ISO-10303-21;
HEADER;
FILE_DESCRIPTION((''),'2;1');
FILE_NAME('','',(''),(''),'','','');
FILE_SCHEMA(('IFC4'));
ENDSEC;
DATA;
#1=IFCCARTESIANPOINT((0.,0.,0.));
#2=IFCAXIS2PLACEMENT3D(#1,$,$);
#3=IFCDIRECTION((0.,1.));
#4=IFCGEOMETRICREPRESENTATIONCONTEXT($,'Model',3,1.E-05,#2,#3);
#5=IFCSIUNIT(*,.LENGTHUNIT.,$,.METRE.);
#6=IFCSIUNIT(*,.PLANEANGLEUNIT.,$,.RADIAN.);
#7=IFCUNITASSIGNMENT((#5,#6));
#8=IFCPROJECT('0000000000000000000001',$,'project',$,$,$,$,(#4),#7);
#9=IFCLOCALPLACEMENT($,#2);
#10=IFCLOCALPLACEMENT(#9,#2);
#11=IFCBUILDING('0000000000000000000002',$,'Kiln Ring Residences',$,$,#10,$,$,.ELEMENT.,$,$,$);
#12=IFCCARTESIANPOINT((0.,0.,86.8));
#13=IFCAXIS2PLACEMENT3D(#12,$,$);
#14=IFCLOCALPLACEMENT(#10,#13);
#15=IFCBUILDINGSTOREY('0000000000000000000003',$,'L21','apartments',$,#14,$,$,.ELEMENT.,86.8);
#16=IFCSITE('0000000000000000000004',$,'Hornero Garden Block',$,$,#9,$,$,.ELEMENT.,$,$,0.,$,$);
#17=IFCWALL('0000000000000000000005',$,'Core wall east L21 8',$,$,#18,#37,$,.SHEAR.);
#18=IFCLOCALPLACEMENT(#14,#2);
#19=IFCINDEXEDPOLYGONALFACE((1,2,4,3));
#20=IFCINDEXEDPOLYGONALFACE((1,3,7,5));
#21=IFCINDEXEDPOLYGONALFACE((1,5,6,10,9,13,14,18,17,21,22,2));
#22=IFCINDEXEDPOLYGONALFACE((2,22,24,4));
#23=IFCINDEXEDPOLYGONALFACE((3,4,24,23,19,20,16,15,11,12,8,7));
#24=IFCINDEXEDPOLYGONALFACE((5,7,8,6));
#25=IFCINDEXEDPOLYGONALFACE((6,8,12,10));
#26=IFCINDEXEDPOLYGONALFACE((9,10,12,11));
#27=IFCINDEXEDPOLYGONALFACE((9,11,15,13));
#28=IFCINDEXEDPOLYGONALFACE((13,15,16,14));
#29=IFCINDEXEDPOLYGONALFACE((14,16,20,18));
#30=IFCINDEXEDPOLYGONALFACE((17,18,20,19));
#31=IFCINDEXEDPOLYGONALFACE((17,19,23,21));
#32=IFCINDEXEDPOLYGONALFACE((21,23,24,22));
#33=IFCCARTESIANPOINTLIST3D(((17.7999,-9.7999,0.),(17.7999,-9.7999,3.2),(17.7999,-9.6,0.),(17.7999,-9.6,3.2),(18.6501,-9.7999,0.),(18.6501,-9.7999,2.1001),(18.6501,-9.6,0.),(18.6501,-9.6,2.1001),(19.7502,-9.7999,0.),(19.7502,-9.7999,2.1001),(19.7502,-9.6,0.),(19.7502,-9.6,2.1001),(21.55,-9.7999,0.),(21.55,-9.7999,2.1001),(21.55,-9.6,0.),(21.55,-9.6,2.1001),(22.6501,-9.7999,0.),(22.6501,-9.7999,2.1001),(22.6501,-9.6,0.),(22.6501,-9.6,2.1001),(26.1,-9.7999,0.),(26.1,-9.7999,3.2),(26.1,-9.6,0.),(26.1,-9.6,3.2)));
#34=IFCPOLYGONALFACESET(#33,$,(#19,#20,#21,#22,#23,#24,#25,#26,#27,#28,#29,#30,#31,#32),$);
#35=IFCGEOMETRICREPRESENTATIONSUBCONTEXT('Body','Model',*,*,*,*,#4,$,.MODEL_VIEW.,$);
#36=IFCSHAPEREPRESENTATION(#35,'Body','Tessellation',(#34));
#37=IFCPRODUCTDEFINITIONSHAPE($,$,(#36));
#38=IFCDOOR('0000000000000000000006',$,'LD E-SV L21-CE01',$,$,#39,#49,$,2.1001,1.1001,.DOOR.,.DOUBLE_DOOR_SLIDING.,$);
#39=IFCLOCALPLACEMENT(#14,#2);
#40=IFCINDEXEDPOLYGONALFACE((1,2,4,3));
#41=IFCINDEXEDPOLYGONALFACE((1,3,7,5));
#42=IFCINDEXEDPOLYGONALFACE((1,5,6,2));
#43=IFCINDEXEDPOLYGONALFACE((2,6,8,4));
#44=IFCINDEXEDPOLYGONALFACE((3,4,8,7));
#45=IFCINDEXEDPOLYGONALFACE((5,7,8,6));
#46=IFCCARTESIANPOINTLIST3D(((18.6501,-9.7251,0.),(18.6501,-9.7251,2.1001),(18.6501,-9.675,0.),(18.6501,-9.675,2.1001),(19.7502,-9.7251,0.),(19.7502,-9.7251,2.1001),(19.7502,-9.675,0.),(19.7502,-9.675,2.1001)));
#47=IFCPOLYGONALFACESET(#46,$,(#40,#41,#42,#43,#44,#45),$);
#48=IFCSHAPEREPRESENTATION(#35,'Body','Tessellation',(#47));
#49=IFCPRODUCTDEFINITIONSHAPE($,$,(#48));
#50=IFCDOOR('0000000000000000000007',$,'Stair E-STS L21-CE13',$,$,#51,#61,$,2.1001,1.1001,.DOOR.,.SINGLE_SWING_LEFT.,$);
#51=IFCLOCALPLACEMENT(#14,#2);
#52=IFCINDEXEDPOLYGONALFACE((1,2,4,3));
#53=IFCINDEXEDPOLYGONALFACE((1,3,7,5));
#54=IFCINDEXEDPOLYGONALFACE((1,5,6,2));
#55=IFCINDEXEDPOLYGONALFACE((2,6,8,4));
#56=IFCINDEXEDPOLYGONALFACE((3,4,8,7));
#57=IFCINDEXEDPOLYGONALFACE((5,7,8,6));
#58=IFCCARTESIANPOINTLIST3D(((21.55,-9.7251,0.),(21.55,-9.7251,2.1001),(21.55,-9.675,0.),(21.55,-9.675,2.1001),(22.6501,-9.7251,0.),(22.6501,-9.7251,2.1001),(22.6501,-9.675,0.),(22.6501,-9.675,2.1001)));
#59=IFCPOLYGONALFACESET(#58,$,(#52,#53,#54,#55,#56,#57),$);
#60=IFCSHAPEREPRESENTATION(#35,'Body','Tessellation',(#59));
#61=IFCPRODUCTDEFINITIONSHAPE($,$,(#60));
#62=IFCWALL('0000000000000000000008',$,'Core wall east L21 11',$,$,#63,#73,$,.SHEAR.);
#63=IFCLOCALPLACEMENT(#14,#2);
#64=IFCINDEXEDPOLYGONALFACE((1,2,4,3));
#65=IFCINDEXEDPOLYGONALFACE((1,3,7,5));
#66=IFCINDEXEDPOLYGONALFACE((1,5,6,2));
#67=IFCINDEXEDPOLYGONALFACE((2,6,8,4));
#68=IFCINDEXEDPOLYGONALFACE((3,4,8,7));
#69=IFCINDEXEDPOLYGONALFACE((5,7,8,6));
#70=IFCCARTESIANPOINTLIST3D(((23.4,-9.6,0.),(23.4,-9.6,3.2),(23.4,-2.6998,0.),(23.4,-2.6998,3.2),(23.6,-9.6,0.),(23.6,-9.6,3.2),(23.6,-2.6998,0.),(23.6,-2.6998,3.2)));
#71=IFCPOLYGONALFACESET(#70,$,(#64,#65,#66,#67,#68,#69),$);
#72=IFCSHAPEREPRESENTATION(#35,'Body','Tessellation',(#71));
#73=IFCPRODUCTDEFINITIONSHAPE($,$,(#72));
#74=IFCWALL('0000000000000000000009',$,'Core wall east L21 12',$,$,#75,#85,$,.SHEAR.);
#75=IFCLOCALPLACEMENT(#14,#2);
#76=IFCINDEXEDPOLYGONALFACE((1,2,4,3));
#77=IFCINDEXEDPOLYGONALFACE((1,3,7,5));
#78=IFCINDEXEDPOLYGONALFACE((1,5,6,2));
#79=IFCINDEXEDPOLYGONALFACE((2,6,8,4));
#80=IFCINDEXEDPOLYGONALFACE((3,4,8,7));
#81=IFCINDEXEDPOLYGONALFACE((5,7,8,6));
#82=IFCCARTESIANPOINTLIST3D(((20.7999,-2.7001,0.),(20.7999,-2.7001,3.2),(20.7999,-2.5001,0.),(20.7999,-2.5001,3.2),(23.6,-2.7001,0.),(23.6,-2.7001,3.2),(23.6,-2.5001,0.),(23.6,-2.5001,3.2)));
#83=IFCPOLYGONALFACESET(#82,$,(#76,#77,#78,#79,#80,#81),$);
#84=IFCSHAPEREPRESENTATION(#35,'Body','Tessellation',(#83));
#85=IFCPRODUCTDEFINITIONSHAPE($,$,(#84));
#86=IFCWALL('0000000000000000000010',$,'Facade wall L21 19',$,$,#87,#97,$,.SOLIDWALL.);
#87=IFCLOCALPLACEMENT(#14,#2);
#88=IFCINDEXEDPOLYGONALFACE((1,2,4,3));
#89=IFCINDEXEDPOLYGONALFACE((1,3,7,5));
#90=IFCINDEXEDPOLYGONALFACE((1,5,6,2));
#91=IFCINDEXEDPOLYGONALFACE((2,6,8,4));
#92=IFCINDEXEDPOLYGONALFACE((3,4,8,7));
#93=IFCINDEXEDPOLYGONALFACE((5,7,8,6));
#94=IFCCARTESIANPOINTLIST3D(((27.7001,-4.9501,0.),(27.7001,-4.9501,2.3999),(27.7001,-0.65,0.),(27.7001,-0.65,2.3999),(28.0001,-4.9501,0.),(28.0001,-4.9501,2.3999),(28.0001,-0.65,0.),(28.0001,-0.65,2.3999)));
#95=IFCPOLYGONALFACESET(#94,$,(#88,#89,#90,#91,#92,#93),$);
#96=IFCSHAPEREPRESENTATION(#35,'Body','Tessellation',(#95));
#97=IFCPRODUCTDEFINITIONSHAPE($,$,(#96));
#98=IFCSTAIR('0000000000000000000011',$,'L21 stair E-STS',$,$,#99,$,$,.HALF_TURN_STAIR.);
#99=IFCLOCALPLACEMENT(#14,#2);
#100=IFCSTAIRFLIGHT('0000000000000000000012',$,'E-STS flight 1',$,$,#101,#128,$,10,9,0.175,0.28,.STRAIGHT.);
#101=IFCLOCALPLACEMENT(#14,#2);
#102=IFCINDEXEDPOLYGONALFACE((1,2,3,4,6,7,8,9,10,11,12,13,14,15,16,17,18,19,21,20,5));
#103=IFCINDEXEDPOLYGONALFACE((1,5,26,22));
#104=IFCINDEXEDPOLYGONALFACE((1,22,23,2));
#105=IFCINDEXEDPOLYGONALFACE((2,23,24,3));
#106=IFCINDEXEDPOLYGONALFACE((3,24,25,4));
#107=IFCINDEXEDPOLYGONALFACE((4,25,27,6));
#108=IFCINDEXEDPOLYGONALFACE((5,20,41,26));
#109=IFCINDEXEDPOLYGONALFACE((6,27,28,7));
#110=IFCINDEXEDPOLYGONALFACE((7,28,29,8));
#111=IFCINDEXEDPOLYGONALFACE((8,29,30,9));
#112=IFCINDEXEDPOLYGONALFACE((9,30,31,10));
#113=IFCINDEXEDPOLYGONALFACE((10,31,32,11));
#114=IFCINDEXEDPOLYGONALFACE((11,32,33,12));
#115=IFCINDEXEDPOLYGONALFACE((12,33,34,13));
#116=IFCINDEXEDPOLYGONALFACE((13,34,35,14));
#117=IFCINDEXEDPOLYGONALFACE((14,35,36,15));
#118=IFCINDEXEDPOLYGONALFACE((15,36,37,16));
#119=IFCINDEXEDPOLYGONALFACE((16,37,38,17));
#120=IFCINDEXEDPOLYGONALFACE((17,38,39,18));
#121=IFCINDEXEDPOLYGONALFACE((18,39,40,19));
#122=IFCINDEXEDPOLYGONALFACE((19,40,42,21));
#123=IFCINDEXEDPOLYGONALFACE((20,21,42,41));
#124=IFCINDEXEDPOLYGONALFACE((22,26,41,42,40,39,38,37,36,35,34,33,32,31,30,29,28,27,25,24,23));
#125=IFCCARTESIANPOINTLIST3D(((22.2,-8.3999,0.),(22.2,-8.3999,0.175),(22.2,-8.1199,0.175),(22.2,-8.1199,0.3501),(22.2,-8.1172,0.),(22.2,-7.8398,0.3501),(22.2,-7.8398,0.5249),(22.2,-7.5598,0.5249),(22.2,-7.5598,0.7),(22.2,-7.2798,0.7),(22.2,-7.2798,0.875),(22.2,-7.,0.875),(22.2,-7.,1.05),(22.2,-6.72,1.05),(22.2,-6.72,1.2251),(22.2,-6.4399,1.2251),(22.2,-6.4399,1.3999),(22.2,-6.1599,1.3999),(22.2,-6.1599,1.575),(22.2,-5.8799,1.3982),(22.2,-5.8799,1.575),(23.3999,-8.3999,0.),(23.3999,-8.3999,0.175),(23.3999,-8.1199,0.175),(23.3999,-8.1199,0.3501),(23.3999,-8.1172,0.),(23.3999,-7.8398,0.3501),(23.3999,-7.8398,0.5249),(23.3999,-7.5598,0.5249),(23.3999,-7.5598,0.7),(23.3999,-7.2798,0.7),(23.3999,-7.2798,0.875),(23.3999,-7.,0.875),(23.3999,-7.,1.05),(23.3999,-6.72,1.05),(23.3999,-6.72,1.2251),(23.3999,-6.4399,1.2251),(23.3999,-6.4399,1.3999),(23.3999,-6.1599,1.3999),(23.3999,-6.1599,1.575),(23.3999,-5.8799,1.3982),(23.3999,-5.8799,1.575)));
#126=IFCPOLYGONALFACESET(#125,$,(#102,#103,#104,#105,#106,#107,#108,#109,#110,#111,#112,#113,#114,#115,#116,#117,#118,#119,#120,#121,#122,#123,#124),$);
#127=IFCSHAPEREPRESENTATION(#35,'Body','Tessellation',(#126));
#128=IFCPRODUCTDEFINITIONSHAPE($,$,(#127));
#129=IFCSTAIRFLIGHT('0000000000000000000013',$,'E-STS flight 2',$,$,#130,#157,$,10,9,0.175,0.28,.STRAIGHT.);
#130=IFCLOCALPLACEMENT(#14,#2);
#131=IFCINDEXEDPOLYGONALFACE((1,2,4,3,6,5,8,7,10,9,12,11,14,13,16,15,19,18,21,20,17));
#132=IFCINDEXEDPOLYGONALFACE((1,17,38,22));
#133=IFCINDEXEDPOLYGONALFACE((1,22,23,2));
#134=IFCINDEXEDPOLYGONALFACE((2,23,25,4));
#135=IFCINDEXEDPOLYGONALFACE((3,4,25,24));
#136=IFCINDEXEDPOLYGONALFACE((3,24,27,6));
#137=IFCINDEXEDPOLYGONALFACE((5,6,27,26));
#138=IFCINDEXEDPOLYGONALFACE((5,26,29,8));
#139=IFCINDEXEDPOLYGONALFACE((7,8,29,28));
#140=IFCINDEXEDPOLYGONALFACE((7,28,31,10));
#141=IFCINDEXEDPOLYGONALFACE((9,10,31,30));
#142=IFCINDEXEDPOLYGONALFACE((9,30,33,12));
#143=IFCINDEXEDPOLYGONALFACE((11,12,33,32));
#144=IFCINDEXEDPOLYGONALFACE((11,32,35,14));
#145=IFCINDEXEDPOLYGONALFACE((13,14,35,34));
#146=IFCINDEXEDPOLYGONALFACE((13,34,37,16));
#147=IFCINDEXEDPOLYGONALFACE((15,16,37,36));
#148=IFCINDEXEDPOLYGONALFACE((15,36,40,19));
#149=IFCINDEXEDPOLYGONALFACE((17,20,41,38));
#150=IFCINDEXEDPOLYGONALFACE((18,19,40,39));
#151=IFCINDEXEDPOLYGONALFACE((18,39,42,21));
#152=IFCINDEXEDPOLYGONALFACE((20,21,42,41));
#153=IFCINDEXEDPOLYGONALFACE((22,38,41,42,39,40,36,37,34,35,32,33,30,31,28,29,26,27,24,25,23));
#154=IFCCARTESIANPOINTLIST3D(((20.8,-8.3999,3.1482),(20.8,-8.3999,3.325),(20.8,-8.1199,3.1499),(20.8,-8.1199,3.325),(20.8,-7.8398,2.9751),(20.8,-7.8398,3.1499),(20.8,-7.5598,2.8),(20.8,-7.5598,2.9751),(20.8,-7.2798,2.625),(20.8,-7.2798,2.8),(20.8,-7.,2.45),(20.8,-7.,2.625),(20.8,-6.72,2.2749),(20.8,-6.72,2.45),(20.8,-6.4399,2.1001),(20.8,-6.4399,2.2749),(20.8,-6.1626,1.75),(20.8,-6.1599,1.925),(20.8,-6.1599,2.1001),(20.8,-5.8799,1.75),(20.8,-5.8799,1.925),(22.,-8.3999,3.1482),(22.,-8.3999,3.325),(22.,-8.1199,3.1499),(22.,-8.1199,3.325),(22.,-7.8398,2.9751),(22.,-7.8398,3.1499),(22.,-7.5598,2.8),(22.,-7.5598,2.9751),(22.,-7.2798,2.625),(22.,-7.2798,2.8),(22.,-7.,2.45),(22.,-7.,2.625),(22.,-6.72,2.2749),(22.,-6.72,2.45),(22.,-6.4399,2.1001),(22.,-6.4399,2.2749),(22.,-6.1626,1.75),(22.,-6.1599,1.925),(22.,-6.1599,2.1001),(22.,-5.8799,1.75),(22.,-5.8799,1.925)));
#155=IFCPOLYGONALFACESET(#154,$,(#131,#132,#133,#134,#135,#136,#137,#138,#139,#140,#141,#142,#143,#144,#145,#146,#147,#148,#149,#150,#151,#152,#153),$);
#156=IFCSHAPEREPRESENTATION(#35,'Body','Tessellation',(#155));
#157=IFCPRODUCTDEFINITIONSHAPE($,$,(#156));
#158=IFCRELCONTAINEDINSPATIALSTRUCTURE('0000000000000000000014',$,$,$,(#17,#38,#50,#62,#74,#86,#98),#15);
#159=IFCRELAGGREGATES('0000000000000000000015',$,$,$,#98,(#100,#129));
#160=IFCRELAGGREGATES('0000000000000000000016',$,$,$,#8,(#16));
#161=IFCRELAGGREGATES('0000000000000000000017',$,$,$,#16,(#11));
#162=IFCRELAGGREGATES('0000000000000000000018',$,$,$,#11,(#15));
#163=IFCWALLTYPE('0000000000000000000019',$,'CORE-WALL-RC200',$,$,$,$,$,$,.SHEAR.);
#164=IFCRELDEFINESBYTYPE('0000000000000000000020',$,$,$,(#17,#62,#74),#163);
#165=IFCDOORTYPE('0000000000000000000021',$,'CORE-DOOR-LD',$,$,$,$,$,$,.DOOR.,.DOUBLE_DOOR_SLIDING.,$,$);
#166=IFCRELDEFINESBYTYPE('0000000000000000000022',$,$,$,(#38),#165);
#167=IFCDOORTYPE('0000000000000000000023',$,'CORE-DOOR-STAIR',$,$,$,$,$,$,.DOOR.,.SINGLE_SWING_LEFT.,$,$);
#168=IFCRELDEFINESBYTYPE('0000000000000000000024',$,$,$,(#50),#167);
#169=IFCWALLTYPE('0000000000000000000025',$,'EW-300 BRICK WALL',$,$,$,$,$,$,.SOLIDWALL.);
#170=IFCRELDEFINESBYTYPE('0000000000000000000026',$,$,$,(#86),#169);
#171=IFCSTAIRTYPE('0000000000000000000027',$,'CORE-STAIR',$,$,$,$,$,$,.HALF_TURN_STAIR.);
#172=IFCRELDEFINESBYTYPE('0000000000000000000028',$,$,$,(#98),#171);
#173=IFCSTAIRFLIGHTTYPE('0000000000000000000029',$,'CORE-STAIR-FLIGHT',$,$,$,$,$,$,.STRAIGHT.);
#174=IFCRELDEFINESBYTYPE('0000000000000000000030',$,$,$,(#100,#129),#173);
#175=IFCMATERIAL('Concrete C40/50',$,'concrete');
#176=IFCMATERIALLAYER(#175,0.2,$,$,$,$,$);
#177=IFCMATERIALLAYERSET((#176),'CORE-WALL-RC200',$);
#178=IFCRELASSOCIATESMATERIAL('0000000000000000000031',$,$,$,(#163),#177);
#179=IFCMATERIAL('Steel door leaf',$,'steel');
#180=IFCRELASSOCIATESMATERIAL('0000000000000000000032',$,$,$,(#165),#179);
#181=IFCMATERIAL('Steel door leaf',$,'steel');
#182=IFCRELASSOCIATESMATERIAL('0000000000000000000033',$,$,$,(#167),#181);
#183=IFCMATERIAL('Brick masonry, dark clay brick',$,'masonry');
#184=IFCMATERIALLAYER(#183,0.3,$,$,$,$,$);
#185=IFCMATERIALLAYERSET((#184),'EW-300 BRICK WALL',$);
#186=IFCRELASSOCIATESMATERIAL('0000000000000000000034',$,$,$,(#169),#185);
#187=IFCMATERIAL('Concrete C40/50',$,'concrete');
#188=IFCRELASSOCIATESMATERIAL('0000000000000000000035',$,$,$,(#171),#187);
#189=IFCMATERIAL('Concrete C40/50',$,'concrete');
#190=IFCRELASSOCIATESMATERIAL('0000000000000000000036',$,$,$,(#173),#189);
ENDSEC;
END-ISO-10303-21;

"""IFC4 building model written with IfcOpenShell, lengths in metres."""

from ifc_helpers import new_model, si_unit, direction, frame, frame_2d, origin, place, context, subcontext, project, spatial, polyline, rectangle, outline, extrude, material, layer, layer_set, type_object, element, fill, aggregate, save


model = new_model("IFC4")

# Units and contexts
model_context = context("Model", 3, precision=1e-05, world=origin(), true_north=direction((0.0, 1.0)))
body_context = subcontext(model_context, "Body", "Model", "MODEL_VIEW")
ifc_project = project(units=[si_unit("LENGTHUNIT", "METRE"), si_unit("PLANEANGLEUNIT", "RADIAN")], contexts=[model_context])

# Site, building, storey
site_placement = place(None, origin())
site = spatial("IfcSite", under=ifc_project, at=site_placement, Name="Hornero Garden Block", CompositionType="ELEMENT", RefElevation=0.0)
building_placement = place(site_placement, origin())
building = spatial("IfcBuilding", under=site, at=building_placement, Name="Kiln Ring Residences", CompositionType="ELEMENT")
storey_placement = place(building_placement, frame((0.0, 0.0, 86.8)))
storey = spatial("IfcBuildingStorey", under=building, at=storey_placement, Name="L21", Description="apartments", CompositionType="ELEMENT", Elevation=86.8)

# Shared definitions
ifc_material_1 = material(Name="Concrete C40/50", Category="concrete")
ifc_layer_1 = layer(ifc_material_1, 0.2)
ifc_layer_set_1 = layer_set([ifc_layer_1], Name="CORE-WALL-RC200")
wall_type_1 = type_object("IfcWallType", Name="CORE-WALL-RC200", PredefinedType="SHEAR", material=ifc_layer_set_1)

# Wall, openings, doors
wall_1_placement = place(storey_placement, frame((17.8, -9.7, 0.0), z_axis=(0.0, 0.0, 1.0), x_axis=(1.0, 0.0, 0.0)))
wall_1 = element("IfcWall", 1, at=wall_1_placement, inside=storey, type_object=wall_type_1, Name="Core wall east L21 8", PredefinedType="SHEAR", context=body_context, shape_type="SweptSolid", body=[
    extrude(rectangle(XDim=8.3, YDim=0.2, at=frame_2d((4.1499, 0.0))), origin(), (0.0, 0.0, 1.0), 3.2),
])
opening_1_placement = place(wall_1_placement, frame((0.8501, 0.0, 0.0)))
opening_1 = element("IfcOpeningElement", 2, at=opening_1_placement, cuts=wall_1, PredefinedType="OPENING", context=body_context, shape_type="SweptSolid", body=[
    extrude(rectangle(XDim=1.1001, YDim=2.1001, at=frame_2d((0.55, 1.05))), frame((0.0, 0.1099, 0.0), z_axis=(0.0, -1.0, 0.0), x_axis=(1.0, 0.0, 0.0)), (0.0, 0.0, 1.0), 0.22),
])
opening_2_placement = place(wall_1_placement, frame((3.75, 0.0, 0.0)))
opening_2 = element("IfcOpeningElement", 3, at=opening_2_placement, cuts=wall_1, PredefinedType="OPENING", context=body_context, shape_type="SweptSolid", body=[
    extrude(rectangle(XDim=1.1001, YDim=2.1001, at=frame_2d((0.55, 1.05))), frame((0.0, 0.1099, 0.0), z_axis=(0.0, -1.0, 0.0), x_axis=(1.0, 0.0, 0.0)), (0.0, 0.0, 1.0), 0.22),
])
ifc_material_2 = material(Name="Steel door leaf", Category="steel")
door_type_1 = type_object("IfcDoorType", Name="CORE-DOOR-LD", OperationType="DOUBLE_DOOR_SLIDING", PredefinedType="DOOR", material=ifc_material_2)
door_1_placement = place(opening_1_placement, origin())
door_1 = element("IfcDoor", 4, at=door_1_placement, inside=storey, type_object=door_type_1, Name="LD E-SV L21-CE01", OperationType="DOUBLE_DOOR_SLIDING", OverallHeight=2.1001, OverallWidth=1.1001, PredefinedType="DOOR", context=body_context, shape_type="SweptSolid", body=[
    extrude(rectangle(XDim=1.1001, YDim=2.1001, at=frame_2d((0.55, 1.05))), frame((0.0, 0.0249, 0.0), z_axis=(0.0, -1.0, 0.0), x_axis=(1.0, 0.0, 0.0)), (0.0, 0.0, 1.0), 0.05),
])
fill(opening_1, door_1)
ifc_material_3 = material(Name="Steel door leaf", Category="steel")
door_type_2 = type_object("IfcDoorType", Name="CORE-DOOR-STAIR", OperationType="SINGLE_SWING_LEFT", PredefinedType="DOOR", material=ifc_material_3)
door_2_placement = place(opening_2_placement, origin())
door_2 = element("IfcDoor", 5, at=door_2_placement, inside=storey, type_object=door_type_2, Name="Stair E-STS L21-CE13", OperationType="SINGLE_SWING_LEFT", OverallHeight=2.1001, OverallWidth=1.1001, PredefinedType="DOOR", context=body_context, shape_type="SweptSolid", body=[
    extrude(rectangle(XDim=1.1001, YDim=2.1001, at=frame_2d((0.55, 1.05))), frame((0.0, 0.0249, 0.0), z_axis=(0.0, -1.0, 0.0), x_axis=(1.0, 0.0, 0.0)), (0.0, 0.0, 1.0), 0.05),
])
fill(opening_2, door_2)

# Walls
wall_2_placement = place(storey_placement, frame((23.5, -9.6001, 0.0), z_axis=(0.0, 0.0, 1.0), x_axis=(0.0, 1.0, 0.0)))
element("IfcWall", 6, at=wall_2_placement, inside=storey, type_object=wall_type_1, Name="Core wall east L21 11", PredefinedType="SHEAR", context=body_context, shape_type="SweptSolid", body=[
    extrude(rectangle(XDim=6.9001, YDim=0.2, at=frame_2d((3.4502, 0.0))), origin(), (0.0, 0.0, 1.0), 3.2),
])
wall_3_placement = place(storey_placement, frame((20.8, -2.6001, 0.0), z_axis=(0.0, 0.0, 1.0), x_axis=(1.0, 0.0, 0.0)))
element("IfcWall", 7, at=wall_3_placement, inside=storey, type_object=wall_type_1, Name="Core wall east L21 12", PredefinedType="SHEAR", context=body_context, shape_type="SweptSolid", body=[
    extrude(rectangle(XDim=2.8, YDim=0.2, at=frame_2d((1.3999, 0.0))), origin(), (0.0, 0.0, 1.0), 3.2),
])
ifc_material_4 = material(Name="Brick masonry, dark clay brick", Category="masonry")
ifc_layer_2 = layer(ifc_material_4, 0.3)
ifc_layer_set_2 = layer_set([ifc_layer_2], Name="EW-300 BRICK WALL")
wall_type_2 = type_object("IfcWallType", Name="EW-300 BRICK WALL", PredefinedType="SOLIDWALL", material=ifc_layer_set_2)
wall_4_placement = place(storey_placement, frame((27.8501, -4.95, 0.0), z_axis=(0.0, 0.0, 1.0), x_axis=(0.0, 1.0, 0.0)))
element("IfcWall", 8, at=wall_4_placement, inside=storey, type_object=wall_type_2, Name="Facade wall L21 19", PredefinedType="SOLIDWALL", context=body_context, shape_type="SweptSolid", body=[
    extrude(rectangle(XDim=4.3, YDim=0.3, at=frame_2d((2.1499, 0.0))), origin(), (0.0, 0.0, 1.0), 2.3999),
])

# Stair, stair flights
ifc_material_5 = material(Name="Concrete C40/50", Category="concrete")
stair_type = type_object("IfcStairType", Name="CORE-STAIR", PredefinedType="HALF_TURN_STAIR", material=ifc_material_5)
stair_placement = place(storey_placement, origin())
stair = element("IfcStair", 9, at=stair_placement, inside=storey, type_object=stair_type, Name="L21 stair E-STS", PredefinedType="HALF_TURN_STAIR")
ifc_material_6 = material(Name="Concrete C40/50", Category="concrete")
stair_flight_type = type_object("IfcStairFlightType", Name="CORE-STAIR-FLIGHT", PredefinedType="STRAIGHT", material=ifc_material_6)
stair_flight_1_placement = place(storey_placement, frame((22.8, -8.3999, 0.0), z_axis=(0.0, 0.0, 1.0), x_axis=(0.0, 1.0, 0.0)))
stair_flight_1 = element("IfcStairFlight", 10, at=stair_flight_1_placement, type_object=stair_flight_type, Name="E-STS flight 1", NumberOfRisers=10, NumberOfTreads=9, PredefinedType="STRAIGHT", RiserHeight=0.175, TreadLength=0.28, context=body_context, shape_type="SweptSolid", body=[
    extrude(outline(polyline([(0.0, 0.0), (0.0, 0.175), (0.28, 0.175), (0.28, 0.3501), (0.5601, 0.3501), (0.5601, 0.5249), (0.8401, 0.5249), (0.8401, 0.7), (1.1201, 0.7), (1.1201, 0.875), (1.3999, 0.875), (1.3999, 1.05), (1.6799, 1.05), (1.6799, 1.2251), (1.96, 1.2251), (1.96, 1.3999), (2.24, 1.3999), (2.24, 1.575), (2.52, 1.575), (2.52, 1.75), (2.52, 1.3982), (0.2827, 0.0), (0.0, 0.0)])), frame((0.0, 0.6001, 0.0), z_axis=(0.0, -1.0, 0.0), x_axis=(1.0, 0.0, 0.0)), (0.0, 0.0, 1.0), 1.2),
])
stair_flight_2_placement = place(storey_placement, frame((21.3999, -5.8799, 1.75), z_axis=(0.0, 0.0, 1.0), x_axis=(0.0, -1.0, 0.0)))
stair_flight_2 = element("IfcStairFlight", 11, at=stair_flight_2_placement, type_object=stair_flight_type, Name="E-STS flight 2", NumberOfRisers=10, NumberOfTreads=9, PredefinedType="STRAIGHT", RiserHeight=0.175, TreadLength=0.28, context=body_context, shape_type="SweptSolid", body=[
    extrude(outline(polyline([(0.0, 0.0), (0.0, 0.175), (0.28, 0.175), (0.28, 0.3501), (0.5601, 0.3501), (0.5601, 0.5249), (0.8401, 0.5249), (0.8401, 0.7), (1.1201, 0.7), (1.1201, 0.875), (1.3999, 0.875), (1.3999, 1.05), (1.6799, 1.05), (1.6799, 1.2251), (1.96, 1.2251), (1.96, 1.3999), (2.24, 1.3999), (2.24, 1.575), (2.52, 1.575), (2.52, 1.75), (2.52, 1.3982), (0.2827, 0.0), (0.0, 0.0)])), frame((0.0, 0.6001, 0.0), z_axis=(0.0, -1.0, 0.0), x_axis=(1.0, 0.0, 0.0)), (0.0, 0.0, 1.0), 1.2),
])
aggregate(stair, [stair_flight_1, stair_flight_2])

save(model, "model.ifc")
